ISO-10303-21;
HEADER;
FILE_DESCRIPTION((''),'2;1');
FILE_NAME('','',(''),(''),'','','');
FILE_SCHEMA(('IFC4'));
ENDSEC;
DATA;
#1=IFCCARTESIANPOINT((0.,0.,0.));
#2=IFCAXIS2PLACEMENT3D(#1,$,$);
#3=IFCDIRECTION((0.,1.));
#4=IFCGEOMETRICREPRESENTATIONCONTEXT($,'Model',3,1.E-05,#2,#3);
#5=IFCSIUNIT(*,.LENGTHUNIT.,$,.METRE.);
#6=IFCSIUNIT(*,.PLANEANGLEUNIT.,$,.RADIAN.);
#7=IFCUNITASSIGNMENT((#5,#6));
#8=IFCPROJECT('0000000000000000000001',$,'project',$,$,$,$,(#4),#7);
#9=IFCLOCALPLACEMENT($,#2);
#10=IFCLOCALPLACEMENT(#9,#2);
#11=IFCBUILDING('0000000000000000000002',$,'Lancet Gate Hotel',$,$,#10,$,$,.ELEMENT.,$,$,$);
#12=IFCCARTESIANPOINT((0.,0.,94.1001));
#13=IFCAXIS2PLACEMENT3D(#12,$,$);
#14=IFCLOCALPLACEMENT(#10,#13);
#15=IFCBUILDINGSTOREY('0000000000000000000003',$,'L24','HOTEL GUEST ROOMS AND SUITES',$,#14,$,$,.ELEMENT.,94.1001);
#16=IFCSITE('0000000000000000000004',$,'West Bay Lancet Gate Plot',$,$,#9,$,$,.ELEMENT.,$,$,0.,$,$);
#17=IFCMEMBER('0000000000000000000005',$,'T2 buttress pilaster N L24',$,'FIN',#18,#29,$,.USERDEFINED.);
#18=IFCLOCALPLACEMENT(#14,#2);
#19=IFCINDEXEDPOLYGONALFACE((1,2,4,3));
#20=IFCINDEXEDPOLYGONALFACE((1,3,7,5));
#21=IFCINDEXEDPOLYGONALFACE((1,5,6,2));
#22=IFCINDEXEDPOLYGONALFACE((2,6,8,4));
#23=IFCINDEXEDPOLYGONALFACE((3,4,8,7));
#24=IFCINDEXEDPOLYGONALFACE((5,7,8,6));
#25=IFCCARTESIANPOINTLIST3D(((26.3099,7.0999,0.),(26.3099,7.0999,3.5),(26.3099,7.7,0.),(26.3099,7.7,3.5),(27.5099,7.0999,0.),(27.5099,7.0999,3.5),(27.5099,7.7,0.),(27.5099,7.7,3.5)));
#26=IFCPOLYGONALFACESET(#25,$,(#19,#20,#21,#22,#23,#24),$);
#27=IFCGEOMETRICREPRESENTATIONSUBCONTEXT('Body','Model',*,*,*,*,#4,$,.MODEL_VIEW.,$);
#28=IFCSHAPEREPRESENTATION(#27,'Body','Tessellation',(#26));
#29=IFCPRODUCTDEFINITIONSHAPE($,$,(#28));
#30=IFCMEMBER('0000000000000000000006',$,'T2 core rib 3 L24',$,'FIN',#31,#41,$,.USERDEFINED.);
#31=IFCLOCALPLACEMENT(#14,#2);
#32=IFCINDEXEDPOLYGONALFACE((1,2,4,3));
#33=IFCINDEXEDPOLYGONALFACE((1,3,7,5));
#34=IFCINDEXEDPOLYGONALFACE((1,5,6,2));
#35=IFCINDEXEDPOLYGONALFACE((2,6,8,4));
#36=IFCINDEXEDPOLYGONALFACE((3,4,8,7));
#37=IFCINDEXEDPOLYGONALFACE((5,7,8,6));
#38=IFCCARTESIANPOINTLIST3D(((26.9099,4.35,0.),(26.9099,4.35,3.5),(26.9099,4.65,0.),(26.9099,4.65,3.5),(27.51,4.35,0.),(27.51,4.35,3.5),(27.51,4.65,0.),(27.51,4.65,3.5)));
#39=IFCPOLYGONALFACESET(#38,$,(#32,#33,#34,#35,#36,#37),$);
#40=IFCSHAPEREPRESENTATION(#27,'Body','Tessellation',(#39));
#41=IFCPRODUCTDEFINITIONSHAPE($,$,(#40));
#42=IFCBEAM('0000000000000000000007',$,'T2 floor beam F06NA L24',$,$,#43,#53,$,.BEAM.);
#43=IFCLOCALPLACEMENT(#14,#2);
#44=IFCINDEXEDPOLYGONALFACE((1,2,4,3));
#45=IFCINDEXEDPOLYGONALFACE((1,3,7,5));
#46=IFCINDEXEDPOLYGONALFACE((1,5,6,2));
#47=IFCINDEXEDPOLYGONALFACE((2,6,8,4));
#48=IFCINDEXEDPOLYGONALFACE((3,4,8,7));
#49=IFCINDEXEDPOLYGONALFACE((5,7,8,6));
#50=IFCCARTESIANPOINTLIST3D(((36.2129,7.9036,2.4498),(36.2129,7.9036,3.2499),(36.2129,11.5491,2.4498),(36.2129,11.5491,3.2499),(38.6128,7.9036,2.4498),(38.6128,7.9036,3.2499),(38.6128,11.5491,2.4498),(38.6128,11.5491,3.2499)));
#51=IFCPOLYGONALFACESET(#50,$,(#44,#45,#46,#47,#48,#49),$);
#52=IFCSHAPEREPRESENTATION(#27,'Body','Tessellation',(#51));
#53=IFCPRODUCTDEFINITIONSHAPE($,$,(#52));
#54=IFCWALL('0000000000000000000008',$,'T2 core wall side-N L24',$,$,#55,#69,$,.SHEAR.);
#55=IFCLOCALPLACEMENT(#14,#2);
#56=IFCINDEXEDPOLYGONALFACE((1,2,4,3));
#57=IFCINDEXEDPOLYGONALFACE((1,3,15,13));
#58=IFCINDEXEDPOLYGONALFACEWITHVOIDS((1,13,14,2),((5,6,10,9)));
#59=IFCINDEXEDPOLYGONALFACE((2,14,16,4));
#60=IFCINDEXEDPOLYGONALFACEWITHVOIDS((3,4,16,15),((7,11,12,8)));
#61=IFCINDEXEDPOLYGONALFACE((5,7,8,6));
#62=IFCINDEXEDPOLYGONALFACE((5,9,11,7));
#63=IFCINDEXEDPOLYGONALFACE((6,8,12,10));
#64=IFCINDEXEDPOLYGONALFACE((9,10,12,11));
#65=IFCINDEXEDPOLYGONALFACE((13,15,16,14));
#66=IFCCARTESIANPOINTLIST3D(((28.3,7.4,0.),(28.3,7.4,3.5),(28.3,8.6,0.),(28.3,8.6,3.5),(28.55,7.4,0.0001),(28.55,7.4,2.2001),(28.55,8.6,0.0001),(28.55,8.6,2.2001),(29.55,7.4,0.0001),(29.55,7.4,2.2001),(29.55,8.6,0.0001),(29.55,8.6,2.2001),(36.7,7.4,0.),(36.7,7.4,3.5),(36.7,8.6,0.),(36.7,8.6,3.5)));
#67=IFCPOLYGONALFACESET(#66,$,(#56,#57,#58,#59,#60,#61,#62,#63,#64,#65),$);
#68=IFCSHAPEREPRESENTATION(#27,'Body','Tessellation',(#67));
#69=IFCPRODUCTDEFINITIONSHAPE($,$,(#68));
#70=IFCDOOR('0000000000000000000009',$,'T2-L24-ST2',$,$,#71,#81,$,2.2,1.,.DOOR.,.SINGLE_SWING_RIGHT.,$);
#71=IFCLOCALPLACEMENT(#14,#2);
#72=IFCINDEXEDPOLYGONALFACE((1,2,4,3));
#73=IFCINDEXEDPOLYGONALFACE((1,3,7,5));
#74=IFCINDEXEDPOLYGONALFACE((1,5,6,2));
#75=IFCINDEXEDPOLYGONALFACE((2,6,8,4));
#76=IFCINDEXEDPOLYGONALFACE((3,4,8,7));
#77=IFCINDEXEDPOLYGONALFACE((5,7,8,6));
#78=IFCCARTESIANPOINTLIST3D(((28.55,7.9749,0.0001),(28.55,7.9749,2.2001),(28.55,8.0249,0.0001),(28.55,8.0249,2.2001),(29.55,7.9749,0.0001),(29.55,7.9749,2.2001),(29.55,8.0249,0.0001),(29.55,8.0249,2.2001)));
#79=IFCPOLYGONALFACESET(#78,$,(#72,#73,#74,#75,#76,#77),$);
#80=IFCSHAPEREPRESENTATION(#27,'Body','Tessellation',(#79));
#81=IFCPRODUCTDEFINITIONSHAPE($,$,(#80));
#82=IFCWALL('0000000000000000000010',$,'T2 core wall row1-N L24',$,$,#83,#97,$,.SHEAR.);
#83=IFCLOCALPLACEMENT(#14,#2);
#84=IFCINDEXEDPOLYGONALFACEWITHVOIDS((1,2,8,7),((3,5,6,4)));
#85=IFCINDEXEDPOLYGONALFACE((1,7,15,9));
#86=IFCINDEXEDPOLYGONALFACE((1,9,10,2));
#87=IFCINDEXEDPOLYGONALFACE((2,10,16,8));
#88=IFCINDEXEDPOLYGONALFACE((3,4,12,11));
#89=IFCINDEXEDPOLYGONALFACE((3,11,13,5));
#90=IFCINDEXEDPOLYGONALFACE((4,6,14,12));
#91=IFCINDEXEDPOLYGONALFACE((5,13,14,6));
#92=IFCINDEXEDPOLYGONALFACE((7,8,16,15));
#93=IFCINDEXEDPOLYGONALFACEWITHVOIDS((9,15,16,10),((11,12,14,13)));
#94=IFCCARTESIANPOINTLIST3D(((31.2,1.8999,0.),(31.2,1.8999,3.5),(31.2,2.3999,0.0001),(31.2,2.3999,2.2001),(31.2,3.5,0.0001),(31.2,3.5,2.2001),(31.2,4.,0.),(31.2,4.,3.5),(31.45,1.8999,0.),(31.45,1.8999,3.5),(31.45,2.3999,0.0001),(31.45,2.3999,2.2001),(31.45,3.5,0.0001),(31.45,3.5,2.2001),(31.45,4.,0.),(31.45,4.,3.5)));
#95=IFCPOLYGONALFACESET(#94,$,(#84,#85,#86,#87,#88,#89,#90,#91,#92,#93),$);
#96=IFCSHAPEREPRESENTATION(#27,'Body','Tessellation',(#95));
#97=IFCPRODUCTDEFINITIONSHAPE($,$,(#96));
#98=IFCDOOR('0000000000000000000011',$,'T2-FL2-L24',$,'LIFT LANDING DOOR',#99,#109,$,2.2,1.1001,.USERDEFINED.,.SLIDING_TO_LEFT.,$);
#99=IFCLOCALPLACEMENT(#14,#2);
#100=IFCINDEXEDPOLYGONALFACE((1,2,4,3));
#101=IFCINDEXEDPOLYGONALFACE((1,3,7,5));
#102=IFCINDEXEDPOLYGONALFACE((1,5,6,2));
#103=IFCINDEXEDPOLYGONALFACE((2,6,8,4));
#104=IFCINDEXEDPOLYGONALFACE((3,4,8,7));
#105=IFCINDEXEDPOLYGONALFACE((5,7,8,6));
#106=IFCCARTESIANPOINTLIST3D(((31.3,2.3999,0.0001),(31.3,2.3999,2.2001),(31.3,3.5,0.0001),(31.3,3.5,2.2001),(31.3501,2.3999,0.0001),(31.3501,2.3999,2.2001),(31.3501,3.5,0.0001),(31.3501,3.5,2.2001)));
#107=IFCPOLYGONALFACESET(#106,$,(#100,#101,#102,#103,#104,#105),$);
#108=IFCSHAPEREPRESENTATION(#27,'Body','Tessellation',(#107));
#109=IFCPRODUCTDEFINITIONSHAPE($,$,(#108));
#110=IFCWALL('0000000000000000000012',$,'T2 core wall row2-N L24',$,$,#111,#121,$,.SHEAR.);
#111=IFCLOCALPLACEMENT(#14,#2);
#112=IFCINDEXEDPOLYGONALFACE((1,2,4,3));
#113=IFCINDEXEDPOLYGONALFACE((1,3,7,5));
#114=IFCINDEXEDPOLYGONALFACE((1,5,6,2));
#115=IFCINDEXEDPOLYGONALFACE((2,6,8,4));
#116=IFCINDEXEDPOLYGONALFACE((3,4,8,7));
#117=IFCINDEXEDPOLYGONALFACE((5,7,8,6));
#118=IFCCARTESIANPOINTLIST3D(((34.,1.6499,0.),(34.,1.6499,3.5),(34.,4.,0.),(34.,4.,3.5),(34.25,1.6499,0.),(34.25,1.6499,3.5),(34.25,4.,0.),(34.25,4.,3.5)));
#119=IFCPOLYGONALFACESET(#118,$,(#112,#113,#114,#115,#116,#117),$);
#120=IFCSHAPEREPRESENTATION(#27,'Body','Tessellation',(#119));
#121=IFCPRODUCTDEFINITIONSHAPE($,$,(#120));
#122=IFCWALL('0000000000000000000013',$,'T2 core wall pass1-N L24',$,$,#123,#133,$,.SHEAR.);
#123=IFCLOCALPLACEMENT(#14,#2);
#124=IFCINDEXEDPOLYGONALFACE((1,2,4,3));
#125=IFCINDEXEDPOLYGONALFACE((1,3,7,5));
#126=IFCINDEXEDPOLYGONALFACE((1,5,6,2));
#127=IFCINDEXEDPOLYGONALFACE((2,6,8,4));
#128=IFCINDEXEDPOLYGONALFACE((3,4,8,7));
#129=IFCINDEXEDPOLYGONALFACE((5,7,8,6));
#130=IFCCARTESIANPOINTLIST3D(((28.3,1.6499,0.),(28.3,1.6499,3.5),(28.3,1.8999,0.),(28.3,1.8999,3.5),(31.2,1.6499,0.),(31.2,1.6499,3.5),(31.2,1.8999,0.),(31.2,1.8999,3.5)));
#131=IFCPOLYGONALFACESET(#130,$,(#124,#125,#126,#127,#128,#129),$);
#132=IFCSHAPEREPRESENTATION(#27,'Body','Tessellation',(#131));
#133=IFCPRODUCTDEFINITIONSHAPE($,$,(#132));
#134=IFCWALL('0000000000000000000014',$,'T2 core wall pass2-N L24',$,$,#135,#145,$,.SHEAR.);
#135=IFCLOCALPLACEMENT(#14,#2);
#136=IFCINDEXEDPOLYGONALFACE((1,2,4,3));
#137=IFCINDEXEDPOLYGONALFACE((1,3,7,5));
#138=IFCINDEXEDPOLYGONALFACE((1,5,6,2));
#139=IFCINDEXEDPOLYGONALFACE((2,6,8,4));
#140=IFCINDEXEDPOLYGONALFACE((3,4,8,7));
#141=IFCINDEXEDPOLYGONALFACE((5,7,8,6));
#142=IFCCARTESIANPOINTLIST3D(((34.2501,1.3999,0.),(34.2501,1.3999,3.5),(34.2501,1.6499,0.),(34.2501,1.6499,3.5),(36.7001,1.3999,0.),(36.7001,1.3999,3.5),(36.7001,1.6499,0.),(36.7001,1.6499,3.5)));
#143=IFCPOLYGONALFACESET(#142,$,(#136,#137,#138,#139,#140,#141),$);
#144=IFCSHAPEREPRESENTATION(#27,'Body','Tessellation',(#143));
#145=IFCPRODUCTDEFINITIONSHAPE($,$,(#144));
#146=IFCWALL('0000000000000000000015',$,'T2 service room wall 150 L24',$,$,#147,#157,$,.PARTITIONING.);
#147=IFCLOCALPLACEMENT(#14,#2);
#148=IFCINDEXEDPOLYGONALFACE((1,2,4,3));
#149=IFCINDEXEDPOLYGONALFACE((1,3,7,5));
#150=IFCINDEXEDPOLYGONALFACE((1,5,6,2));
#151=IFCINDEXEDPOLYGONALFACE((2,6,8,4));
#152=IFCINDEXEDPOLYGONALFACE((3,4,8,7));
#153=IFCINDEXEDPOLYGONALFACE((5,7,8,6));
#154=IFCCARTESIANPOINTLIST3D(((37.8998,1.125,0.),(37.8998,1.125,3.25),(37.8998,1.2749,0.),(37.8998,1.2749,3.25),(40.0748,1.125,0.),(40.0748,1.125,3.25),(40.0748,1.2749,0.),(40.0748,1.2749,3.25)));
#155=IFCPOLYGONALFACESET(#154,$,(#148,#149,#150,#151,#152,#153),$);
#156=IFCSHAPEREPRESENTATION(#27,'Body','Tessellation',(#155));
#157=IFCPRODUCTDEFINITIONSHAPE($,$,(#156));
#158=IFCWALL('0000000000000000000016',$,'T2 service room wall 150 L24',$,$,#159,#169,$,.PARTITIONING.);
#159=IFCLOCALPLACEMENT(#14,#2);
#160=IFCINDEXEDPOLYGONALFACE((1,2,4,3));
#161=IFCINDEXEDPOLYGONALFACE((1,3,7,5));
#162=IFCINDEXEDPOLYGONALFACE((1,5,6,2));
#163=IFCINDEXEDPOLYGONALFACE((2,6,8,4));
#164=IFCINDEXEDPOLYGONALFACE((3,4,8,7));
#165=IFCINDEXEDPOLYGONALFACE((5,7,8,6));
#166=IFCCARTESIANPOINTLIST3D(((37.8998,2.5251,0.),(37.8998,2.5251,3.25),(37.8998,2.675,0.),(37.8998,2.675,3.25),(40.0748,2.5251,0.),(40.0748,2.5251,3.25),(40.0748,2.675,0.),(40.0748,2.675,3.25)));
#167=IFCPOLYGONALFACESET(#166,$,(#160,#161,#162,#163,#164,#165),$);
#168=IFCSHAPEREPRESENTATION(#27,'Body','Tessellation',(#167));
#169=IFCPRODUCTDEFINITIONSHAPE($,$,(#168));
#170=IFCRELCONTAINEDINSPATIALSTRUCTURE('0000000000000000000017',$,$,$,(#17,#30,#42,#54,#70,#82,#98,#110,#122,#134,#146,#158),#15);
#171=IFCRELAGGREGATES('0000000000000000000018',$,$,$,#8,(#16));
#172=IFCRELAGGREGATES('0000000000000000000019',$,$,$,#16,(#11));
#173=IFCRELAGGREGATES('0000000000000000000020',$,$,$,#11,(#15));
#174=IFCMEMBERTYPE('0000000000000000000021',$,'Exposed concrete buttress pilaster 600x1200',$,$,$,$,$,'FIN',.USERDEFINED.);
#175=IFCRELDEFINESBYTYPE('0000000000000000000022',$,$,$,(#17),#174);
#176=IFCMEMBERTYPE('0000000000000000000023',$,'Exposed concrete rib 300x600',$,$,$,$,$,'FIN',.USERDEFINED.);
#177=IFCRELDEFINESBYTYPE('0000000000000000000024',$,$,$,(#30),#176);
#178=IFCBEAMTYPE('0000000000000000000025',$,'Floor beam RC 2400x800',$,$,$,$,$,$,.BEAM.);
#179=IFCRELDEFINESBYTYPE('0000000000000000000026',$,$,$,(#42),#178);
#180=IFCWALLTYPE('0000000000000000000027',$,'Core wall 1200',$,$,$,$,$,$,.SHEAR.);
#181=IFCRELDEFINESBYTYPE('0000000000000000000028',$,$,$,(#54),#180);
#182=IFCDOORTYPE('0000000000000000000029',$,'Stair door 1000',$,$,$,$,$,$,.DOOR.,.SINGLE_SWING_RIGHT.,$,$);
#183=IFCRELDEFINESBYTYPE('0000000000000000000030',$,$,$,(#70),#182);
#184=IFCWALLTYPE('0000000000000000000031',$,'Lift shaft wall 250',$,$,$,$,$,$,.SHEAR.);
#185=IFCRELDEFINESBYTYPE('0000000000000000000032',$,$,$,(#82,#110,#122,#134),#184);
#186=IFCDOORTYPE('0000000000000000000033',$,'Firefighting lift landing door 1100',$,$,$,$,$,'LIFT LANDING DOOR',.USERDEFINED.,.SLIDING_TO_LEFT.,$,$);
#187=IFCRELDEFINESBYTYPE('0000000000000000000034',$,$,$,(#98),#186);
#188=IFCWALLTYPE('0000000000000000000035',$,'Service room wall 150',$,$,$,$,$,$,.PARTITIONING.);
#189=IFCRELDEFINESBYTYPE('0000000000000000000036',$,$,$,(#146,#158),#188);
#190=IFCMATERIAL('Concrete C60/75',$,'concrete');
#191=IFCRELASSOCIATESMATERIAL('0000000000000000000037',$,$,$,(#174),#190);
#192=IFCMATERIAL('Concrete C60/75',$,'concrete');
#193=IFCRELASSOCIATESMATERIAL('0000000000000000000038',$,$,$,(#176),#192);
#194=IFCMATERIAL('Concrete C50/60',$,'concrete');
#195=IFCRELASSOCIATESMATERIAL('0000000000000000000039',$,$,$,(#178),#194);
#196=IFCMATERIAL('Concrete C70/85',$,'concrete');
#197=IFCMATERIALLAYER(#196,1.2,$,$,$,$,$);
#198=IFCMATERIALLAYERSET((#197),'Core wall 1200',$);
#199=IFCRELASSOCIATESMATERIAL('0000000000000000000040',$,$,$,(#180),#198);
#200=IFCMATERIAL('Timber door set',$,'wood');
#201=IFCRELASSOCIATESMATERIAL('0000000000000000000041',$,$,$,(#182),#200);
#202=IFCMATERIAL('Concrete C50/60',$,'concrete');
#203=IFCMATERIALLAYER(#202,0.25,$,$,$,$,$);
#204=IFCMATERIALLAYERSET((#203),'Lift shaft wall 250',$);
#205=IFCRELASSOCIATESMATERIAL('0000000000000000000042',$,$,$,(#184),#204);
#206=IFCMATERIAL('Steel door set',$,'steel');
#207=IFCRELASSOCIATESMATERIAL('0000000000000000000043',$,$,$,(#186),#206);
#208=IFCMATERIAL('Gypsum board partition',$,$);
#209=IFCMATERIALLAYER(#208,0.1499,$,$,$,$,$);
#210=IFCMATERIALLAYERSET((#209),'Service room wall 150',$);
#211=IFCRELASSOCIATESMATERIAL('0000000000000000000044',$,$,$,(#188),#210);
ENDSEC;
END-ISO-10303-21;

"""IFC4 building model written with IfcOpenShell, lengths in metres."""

from ifc_helpers import new_model, si_unit, direction, frame, frame_2d, origin, origin_2d, place, context, subcontext, project, spatial, rectangle, extrude, material, layer, layer_set, material_profile, profile_set, type_object, element, fill, save


model = new_model("IFC4")

# Units and contexts
model_context = context("Model", 3, precision=1e-05, world=origin(), true_north=direction((0.0, 1.0)))
body_context = subcontext(model_context, "Body", "Model", "MODEL_VIEW")
ifc_project = project(units=[si_unit("LENGTHUNIT", "METRE"), si_unit("PLANEANGLEUNIT", "RADIAN")], contexts=[model_context])

# Site, building, storey
site_placement = place(None, origin())
site = spatial("IfcSite", under=ifc_project, at=site_placement, Name="West Bay Lancet Gate Plot", CompositionType="ELEMENT", RefElevation=0.0)
building_placement = place(site_placement, origin())
building = spatial("IfcBuilding", under=site, at=building_placement, Name="Lancet Gate Hotel", CompositionType="ELEMENT")
storey_placement = place(building_placement, frame((0.0, 0.0, 94.1001)))
storey = spatial("IfcBuildingStorey", under=building, at=storey_placement, Name="L24", Description="HOTEL GUEST ROOMS AND SUITES", CompositionType="ELEMENT", Elevation=94.1001)

# Members
ifc_material_1 = material(Name="Concrete C60/75", Category="concrete")
ifc_material_profile_1 = material_profile(ifc_material_1, rectangle(XDim=0.6001, YDim=1.2, at=origin_2d()), Name="FIN 600x1200")
ifc_profile_set_1 = profile_set([ifc_material_profile_1], Name="Concrete C60/75")
member_type_1 = type_object("IfcMemberType", Name="Exposed concrete buttress pilaster 600x1200", ElementType="FIN", PredefinedType="USERDEFINED", material=ifc_profile_set_1)
member_1_placement = place(storey_placement, frame((26.9099, 7.3999, 0.0), z_axis=(0.0, 0.0, 1.0), x_axis=(0.0, 1.0, 0.0)))
element("IfcMember", 1, at=member_1_placement, inside=storey, type_object=member_type_1, Name="T2 buttress pilaster N L24", ObjectType="FIN", PredefinedType="USERDEFINED", context=body_context, shape_type="SweptSolid", body=[
    extrude(rectangle(XDim=0.6001, YDim=1.2, at=origin_2d()), origin(), (0.0, 0.0, 1.0), 3.5),
])
ifc_material_2 = material(Name="Concrete C60/75", Category="concrete")
ifc_material_profile_2 = material_profile(ifc_material_2, rectangle(XDim=0.3, YDim=0.6001, at=origin_2d()), Name="FIN 300x600")
ifc_profile_set_2 = profile_set([ifc_material_profile_2], Name="Concrete C60/75")
member_type_2 = type_object("IfcMemberType", Name="Exposed concrete rib 300x600", ElementType="FIN", PredefinedType="USERDEFINED", material=ifc_profile_set_2)
member_2_placement = place(storey_placement, frame((27.21, 4.5, 0.0), z_axis=(0.0, 0.0, 1.0), x_axis=(0.0, 1.0, 0.0)))
element("IfcMember", 2, at=member_2_placement, inside=storey, type_object=member_type_2, Name="T2 core rib 3 L24", ObjectType="FIN", PredefinedType="USERDEFINED", context=body_context, shape_type="SweptSolid", body=[
    extrude(rectangle(XDim=0.3, YDim=0.6001, at=origin_2d()), origin(), (0.0, 0.0, 1.0), 3.5),
])

# Beam
ifc_material_3 = material(Name="Concrete C50/60", Category="concrete")
ifc_material_profile_3 = material_profile(ifc_material_3, rectangle(XDim=2.3999, YDim=0.8, at=origin_2d()), Name="RC 2400x800")
ifc_profile_set_3 = profile_set([ifc_material_profile_3], Name="Concrete C50/60")
beam_type = type_object("IfcBeamType", Name="Floor beam RC 2400x800", PredefinedType="BEAM", material=ifc_profile_set_3)
beam_placement = place(storey_placement, frame((37.4128, 7.9036, 2.8499), z_axis=(0.0, 1.0, 0.0), x_axis=(-1.0, 0.0, 0.0)))
element("IfcBeam", 3, at=beam_placement, inside=storey, type_object=beam_type, Name="T2 floor beam F06NA L24", PredefinedType="BEAM", context=body_context, shape_type="SweptSolid", body=[
    extrude(rectangle(XDim=2.3999, YDim=0.8, at=origin_2d()), origin(), (0.0, 0.0, 1.0), 3.6455),
])

# Walls, openings, doors
ifc_material_4 = material(Name="Concrete C70/85", Category="concrete")
ifc_layer_1 = layer(ifc_material_4, 1.2)
ifc_layer_set_1 = layer_set([ifc_layer_1], Name="Core wall 1200")
wall_type_1 = type_object("IfcWallType", Name="Core wall 1200", PredefinedType="SHEAR", material=ifc_layer_set_1)
wall_1_placement = place(storey_placement, frame((28.3, 8.0, 0.0), z_axis=(0.0, 0.0, 1.0), x_axis=(1.0, 0.0, 0.0)))
wall_1 = element("IfcWall", 4, at=wall_1_placement, inside=storey, type_object=wall_type_1, Name="T2 core wall side-N L24", PredefinedType="SHEAR", context=body_context, shape_type="SweptSolid", body=[
    extrude(rectangle(XDim=8.3999, YDim=1.2, at=frame_2d((4.2, 0.0))), origin(), (0.0, 0.0, 1.0), 3.5),
])
opening_1_placement = place(wall_1_placement, frame((0.25, 0.0, 0.0)))
opening_1 = element("IfcOpeningElement", 5, at=opening_1_placement, cuts=wall_1, PredefinedType="OPENING", context=body_context, shape_type="SweptSolid", body=[
    extrude(rectangle(XDim=1.0, YDim=2.2, at=frame_2d((0.5, 1.1001))), frame((0.0, 0.6099, 0.0), z_axis=(0.0, -1.0, 0.0), x_axis=(1.0, 0.0, 0.0)), (0.0, 0.0, 1.0), 1.22),
])
ifc_material_5 = material(Name="Timber door set", Category="wood")
door_type_1 = type_object("IfcDoorType", Name="Stair door 1000", OperationType="SINGLE_SWING_RIGHT", PredefinedType="DOOR", material=ifc_material_5)
door_1_placement = place(opening_1_placement, origin())
door_1 = element("IfcDoor", 6, at=door_1_placement, inside=storey, type_object=door_type_1, Name="T2-L24-ST2", OperationType="SINGLE_SWING_RIGHT", OverallHeight=2.2, OverallWidth=1.0, PredefinedType="DOOR", context=body_context, shape_type="SweptSolid", body=[
    extrude(rectangle(XDim=1.0, YDim=2.2, at=frame_2d((0.5, 1.1001))), frame((0.0, 0.0249, 0.0), z_axis=(0.0, -1.0, 0.0), x_axis=(1.0, 0.0, 0.0)), (0.0, 0.0, 1.0), 0.05),
])
fill(opening_1, door_1)
ifc_material_6 = material(Name="Concrete C50/60", Category="concrete")
ifc_layer_2 = layer(ifc_material_6, 0.25)
ifc_layer_set_2 = layer_set([ifc_layer_2], Name="Lift shaft wall 250")
wall_type_2 = type_object("IfcWallType", Name="Lift shaft wall 250", PredefinedType="SHEAR", material=ifc_layer_set_2)
wall_2_placement = place(storey_placement, frame((31.325, 1.8999, 0.0), z_axis=(0.0, 0.0, 1.0), x_axis=(0.0, 1.0, 0.0)))
wall_2 = element("IfcWall", 7, at=wall_2_placement, inside=storey, type_object=wall_type_2, Name="T2 core wall row1-N L24", PredefinedType="SHEAR", context=body_context, shape_type="SweptSolid", body=[
    extrude(rectangle(XDim=2.1001, YDim=0.25, at=frame_2d((1.05, 0.0))), origin(), (0.0, 0.0, 1.0), 3.5),
])
opening_2_placement = place(wall_2_placement, frame((0.5, 0.0, 0.0)))
opening_2 = element("IfcOpeningElement", 8, at=opening_2_placement, cuts=wall_2, PredefinedType="OPENING", context=body_context, shape_type="SweptSolid", body=[
    extrude(rectangle(XDim=1.1001, YDim=2.2, at=frame_2d((0.55, 1.1001))), frame((0.0, 0.135, 0.0), z_axis=(0.0, -1.0, 0.0), x_axis=(1.0, 0.0, 0.0)), (0.0, 0.0, 1.0), 0.27),
])
ifc_material_7 = material(Name="Steel door set", Category="steel")
door_type_2 = type_object("IfcDoorType", Name="Firefighting lift landing door 1100", ElementType="LIFT LANDING DOOR", OperationType="SLIDING_TO_LEFT", PredefinedType="USERDEFINED", material=ifc_material_7)
door_2_placement = place(opening_2_placement, origin())
door_2 = element("IfcDoor", 9, at=door_2_placement, inside=storey, type_object=door_type_2, Name="T2-FL2-L24", ObjectType="LIFT LANDING DOOR", OperationType="SLIDING_TO_LEFT", OverallHeight=2.2, OverallWidth=1.1001, PredefinedType="USERDEFINED", context=body_context, shape_type="SweptSolid", body=[
    extrude(rectangle(XDim=1.1001, YDim=2.2, at=frame_2d((0.55, 1.1001))), frame((0.0, 0.0249, 0.0), z_axis=(0.0, -1.0, 0.0), x_axis=(1.0, 0.0, 0.0)), (0.0, 0.0, 1.0), 0.05),
])
fill(opening_2, door_2)

# Walls
wall_3_placement = place(storey_placement, frame((34.125, 1.6499, 0.0), z_axis=(0.0, 0.0, 1.0), x_axis=(0.0, 1.0, 0.0)))
element("IfcWall", 10, at=wall_3_placement, inside=storey, type_object=wall_type_2, Name="T2 core wall row2-N L24", PredefinedType="SHEAR", context=body_context, shape_type="SweptSolid", body=[
    extrude(rectangle(XDim=2.3501, YDim=0.25, at=frame_2d((1.175, 0.0))), origin(), (0.0, 0.0, 1.0), 3.5),
])
wall_4_placement = place(storey_placement, frame((28.3, 1.7749, 0.0), z_axis=(0.0, 0.0, 1.0), x_axis=(1.0, 0.0, 0.0)))
element("IfcWall", 11, at=wall_4_placement, inside=storey, type_object=wall_type_2, Name="T2 core wall pass1-N L24", PredefinedType="SHEAR", context=body_context, shape_type="SweptSolid", body=[
    extrude(rectangle(XDim=2.8999, YDim=0.25, at=frame_2d((1.45, 0.0))), origin(), (0.0, 0.0, 1.0), 3.5),
])
wall_5_placement = place(storey_placement, frame((34.25, 1.5249, 0.0), z_axis=(0.0, 0.0, 1.0), x_axis=(1.0, 0.0, 0.0)))
element("IfcWall", 12, at=wall_5_placement, inside=storey, type_object=wall_type_2, Name="T2 core wall pass2-N L24", PredefinedType="SHEAR", context=body_context, shape_type="SweptSolid", body=[
    extrude(rectangle(XDim=2.45, YDim=0.25, at=frame_2d((1.2251, 0.0))), origin(), (0.0, 0.0, 1.0), 3.5),
])
ifc_material_8 = material(Name="Gypsum board partition")
ifc_layer_3 = layer(ifc_material_8, 0.1499)
ifc_layer_set_3 = layer_set([ifc_layer_3], Name="Service room wall 150")
wall_type_3 = type_object("IfcWallType", Name="Service room wall 150", PredefinedType="PARTITIONING", material=ifc_layer_set_3)
for number, where, z_axis, x_axis, name in (
    (13, (37.8999, 1.2, 0.0), (0.0, 0.0, 1.0), (1.0, 0.0, 0.0), "T2 service room wall 150 L24"),
    (14, (37.8999, 2.6001, 0.0), (0.0, 0.0, 1.0), (1.0, 0.0, 0.0), "T2 service room wall 150 L24"),
):
    element("IfcWall", number, at=place(storey_placement, frame(where, z_axis=z_axis, x_axis=x_axis)), inside=storey, type_object=wall_type_3, Name=name, PredefinedType="PARTITIONING", context=body_context, shape_type="SweptSolid", body=[
        extrude(rectangle(XDim=2.175, YDim=0.1499, at=frame_2d((1.0874, 0.0))), origin(), (0.0, 0.0, 1.0), 3.25),
    ])

save(model, "model.ifc")
